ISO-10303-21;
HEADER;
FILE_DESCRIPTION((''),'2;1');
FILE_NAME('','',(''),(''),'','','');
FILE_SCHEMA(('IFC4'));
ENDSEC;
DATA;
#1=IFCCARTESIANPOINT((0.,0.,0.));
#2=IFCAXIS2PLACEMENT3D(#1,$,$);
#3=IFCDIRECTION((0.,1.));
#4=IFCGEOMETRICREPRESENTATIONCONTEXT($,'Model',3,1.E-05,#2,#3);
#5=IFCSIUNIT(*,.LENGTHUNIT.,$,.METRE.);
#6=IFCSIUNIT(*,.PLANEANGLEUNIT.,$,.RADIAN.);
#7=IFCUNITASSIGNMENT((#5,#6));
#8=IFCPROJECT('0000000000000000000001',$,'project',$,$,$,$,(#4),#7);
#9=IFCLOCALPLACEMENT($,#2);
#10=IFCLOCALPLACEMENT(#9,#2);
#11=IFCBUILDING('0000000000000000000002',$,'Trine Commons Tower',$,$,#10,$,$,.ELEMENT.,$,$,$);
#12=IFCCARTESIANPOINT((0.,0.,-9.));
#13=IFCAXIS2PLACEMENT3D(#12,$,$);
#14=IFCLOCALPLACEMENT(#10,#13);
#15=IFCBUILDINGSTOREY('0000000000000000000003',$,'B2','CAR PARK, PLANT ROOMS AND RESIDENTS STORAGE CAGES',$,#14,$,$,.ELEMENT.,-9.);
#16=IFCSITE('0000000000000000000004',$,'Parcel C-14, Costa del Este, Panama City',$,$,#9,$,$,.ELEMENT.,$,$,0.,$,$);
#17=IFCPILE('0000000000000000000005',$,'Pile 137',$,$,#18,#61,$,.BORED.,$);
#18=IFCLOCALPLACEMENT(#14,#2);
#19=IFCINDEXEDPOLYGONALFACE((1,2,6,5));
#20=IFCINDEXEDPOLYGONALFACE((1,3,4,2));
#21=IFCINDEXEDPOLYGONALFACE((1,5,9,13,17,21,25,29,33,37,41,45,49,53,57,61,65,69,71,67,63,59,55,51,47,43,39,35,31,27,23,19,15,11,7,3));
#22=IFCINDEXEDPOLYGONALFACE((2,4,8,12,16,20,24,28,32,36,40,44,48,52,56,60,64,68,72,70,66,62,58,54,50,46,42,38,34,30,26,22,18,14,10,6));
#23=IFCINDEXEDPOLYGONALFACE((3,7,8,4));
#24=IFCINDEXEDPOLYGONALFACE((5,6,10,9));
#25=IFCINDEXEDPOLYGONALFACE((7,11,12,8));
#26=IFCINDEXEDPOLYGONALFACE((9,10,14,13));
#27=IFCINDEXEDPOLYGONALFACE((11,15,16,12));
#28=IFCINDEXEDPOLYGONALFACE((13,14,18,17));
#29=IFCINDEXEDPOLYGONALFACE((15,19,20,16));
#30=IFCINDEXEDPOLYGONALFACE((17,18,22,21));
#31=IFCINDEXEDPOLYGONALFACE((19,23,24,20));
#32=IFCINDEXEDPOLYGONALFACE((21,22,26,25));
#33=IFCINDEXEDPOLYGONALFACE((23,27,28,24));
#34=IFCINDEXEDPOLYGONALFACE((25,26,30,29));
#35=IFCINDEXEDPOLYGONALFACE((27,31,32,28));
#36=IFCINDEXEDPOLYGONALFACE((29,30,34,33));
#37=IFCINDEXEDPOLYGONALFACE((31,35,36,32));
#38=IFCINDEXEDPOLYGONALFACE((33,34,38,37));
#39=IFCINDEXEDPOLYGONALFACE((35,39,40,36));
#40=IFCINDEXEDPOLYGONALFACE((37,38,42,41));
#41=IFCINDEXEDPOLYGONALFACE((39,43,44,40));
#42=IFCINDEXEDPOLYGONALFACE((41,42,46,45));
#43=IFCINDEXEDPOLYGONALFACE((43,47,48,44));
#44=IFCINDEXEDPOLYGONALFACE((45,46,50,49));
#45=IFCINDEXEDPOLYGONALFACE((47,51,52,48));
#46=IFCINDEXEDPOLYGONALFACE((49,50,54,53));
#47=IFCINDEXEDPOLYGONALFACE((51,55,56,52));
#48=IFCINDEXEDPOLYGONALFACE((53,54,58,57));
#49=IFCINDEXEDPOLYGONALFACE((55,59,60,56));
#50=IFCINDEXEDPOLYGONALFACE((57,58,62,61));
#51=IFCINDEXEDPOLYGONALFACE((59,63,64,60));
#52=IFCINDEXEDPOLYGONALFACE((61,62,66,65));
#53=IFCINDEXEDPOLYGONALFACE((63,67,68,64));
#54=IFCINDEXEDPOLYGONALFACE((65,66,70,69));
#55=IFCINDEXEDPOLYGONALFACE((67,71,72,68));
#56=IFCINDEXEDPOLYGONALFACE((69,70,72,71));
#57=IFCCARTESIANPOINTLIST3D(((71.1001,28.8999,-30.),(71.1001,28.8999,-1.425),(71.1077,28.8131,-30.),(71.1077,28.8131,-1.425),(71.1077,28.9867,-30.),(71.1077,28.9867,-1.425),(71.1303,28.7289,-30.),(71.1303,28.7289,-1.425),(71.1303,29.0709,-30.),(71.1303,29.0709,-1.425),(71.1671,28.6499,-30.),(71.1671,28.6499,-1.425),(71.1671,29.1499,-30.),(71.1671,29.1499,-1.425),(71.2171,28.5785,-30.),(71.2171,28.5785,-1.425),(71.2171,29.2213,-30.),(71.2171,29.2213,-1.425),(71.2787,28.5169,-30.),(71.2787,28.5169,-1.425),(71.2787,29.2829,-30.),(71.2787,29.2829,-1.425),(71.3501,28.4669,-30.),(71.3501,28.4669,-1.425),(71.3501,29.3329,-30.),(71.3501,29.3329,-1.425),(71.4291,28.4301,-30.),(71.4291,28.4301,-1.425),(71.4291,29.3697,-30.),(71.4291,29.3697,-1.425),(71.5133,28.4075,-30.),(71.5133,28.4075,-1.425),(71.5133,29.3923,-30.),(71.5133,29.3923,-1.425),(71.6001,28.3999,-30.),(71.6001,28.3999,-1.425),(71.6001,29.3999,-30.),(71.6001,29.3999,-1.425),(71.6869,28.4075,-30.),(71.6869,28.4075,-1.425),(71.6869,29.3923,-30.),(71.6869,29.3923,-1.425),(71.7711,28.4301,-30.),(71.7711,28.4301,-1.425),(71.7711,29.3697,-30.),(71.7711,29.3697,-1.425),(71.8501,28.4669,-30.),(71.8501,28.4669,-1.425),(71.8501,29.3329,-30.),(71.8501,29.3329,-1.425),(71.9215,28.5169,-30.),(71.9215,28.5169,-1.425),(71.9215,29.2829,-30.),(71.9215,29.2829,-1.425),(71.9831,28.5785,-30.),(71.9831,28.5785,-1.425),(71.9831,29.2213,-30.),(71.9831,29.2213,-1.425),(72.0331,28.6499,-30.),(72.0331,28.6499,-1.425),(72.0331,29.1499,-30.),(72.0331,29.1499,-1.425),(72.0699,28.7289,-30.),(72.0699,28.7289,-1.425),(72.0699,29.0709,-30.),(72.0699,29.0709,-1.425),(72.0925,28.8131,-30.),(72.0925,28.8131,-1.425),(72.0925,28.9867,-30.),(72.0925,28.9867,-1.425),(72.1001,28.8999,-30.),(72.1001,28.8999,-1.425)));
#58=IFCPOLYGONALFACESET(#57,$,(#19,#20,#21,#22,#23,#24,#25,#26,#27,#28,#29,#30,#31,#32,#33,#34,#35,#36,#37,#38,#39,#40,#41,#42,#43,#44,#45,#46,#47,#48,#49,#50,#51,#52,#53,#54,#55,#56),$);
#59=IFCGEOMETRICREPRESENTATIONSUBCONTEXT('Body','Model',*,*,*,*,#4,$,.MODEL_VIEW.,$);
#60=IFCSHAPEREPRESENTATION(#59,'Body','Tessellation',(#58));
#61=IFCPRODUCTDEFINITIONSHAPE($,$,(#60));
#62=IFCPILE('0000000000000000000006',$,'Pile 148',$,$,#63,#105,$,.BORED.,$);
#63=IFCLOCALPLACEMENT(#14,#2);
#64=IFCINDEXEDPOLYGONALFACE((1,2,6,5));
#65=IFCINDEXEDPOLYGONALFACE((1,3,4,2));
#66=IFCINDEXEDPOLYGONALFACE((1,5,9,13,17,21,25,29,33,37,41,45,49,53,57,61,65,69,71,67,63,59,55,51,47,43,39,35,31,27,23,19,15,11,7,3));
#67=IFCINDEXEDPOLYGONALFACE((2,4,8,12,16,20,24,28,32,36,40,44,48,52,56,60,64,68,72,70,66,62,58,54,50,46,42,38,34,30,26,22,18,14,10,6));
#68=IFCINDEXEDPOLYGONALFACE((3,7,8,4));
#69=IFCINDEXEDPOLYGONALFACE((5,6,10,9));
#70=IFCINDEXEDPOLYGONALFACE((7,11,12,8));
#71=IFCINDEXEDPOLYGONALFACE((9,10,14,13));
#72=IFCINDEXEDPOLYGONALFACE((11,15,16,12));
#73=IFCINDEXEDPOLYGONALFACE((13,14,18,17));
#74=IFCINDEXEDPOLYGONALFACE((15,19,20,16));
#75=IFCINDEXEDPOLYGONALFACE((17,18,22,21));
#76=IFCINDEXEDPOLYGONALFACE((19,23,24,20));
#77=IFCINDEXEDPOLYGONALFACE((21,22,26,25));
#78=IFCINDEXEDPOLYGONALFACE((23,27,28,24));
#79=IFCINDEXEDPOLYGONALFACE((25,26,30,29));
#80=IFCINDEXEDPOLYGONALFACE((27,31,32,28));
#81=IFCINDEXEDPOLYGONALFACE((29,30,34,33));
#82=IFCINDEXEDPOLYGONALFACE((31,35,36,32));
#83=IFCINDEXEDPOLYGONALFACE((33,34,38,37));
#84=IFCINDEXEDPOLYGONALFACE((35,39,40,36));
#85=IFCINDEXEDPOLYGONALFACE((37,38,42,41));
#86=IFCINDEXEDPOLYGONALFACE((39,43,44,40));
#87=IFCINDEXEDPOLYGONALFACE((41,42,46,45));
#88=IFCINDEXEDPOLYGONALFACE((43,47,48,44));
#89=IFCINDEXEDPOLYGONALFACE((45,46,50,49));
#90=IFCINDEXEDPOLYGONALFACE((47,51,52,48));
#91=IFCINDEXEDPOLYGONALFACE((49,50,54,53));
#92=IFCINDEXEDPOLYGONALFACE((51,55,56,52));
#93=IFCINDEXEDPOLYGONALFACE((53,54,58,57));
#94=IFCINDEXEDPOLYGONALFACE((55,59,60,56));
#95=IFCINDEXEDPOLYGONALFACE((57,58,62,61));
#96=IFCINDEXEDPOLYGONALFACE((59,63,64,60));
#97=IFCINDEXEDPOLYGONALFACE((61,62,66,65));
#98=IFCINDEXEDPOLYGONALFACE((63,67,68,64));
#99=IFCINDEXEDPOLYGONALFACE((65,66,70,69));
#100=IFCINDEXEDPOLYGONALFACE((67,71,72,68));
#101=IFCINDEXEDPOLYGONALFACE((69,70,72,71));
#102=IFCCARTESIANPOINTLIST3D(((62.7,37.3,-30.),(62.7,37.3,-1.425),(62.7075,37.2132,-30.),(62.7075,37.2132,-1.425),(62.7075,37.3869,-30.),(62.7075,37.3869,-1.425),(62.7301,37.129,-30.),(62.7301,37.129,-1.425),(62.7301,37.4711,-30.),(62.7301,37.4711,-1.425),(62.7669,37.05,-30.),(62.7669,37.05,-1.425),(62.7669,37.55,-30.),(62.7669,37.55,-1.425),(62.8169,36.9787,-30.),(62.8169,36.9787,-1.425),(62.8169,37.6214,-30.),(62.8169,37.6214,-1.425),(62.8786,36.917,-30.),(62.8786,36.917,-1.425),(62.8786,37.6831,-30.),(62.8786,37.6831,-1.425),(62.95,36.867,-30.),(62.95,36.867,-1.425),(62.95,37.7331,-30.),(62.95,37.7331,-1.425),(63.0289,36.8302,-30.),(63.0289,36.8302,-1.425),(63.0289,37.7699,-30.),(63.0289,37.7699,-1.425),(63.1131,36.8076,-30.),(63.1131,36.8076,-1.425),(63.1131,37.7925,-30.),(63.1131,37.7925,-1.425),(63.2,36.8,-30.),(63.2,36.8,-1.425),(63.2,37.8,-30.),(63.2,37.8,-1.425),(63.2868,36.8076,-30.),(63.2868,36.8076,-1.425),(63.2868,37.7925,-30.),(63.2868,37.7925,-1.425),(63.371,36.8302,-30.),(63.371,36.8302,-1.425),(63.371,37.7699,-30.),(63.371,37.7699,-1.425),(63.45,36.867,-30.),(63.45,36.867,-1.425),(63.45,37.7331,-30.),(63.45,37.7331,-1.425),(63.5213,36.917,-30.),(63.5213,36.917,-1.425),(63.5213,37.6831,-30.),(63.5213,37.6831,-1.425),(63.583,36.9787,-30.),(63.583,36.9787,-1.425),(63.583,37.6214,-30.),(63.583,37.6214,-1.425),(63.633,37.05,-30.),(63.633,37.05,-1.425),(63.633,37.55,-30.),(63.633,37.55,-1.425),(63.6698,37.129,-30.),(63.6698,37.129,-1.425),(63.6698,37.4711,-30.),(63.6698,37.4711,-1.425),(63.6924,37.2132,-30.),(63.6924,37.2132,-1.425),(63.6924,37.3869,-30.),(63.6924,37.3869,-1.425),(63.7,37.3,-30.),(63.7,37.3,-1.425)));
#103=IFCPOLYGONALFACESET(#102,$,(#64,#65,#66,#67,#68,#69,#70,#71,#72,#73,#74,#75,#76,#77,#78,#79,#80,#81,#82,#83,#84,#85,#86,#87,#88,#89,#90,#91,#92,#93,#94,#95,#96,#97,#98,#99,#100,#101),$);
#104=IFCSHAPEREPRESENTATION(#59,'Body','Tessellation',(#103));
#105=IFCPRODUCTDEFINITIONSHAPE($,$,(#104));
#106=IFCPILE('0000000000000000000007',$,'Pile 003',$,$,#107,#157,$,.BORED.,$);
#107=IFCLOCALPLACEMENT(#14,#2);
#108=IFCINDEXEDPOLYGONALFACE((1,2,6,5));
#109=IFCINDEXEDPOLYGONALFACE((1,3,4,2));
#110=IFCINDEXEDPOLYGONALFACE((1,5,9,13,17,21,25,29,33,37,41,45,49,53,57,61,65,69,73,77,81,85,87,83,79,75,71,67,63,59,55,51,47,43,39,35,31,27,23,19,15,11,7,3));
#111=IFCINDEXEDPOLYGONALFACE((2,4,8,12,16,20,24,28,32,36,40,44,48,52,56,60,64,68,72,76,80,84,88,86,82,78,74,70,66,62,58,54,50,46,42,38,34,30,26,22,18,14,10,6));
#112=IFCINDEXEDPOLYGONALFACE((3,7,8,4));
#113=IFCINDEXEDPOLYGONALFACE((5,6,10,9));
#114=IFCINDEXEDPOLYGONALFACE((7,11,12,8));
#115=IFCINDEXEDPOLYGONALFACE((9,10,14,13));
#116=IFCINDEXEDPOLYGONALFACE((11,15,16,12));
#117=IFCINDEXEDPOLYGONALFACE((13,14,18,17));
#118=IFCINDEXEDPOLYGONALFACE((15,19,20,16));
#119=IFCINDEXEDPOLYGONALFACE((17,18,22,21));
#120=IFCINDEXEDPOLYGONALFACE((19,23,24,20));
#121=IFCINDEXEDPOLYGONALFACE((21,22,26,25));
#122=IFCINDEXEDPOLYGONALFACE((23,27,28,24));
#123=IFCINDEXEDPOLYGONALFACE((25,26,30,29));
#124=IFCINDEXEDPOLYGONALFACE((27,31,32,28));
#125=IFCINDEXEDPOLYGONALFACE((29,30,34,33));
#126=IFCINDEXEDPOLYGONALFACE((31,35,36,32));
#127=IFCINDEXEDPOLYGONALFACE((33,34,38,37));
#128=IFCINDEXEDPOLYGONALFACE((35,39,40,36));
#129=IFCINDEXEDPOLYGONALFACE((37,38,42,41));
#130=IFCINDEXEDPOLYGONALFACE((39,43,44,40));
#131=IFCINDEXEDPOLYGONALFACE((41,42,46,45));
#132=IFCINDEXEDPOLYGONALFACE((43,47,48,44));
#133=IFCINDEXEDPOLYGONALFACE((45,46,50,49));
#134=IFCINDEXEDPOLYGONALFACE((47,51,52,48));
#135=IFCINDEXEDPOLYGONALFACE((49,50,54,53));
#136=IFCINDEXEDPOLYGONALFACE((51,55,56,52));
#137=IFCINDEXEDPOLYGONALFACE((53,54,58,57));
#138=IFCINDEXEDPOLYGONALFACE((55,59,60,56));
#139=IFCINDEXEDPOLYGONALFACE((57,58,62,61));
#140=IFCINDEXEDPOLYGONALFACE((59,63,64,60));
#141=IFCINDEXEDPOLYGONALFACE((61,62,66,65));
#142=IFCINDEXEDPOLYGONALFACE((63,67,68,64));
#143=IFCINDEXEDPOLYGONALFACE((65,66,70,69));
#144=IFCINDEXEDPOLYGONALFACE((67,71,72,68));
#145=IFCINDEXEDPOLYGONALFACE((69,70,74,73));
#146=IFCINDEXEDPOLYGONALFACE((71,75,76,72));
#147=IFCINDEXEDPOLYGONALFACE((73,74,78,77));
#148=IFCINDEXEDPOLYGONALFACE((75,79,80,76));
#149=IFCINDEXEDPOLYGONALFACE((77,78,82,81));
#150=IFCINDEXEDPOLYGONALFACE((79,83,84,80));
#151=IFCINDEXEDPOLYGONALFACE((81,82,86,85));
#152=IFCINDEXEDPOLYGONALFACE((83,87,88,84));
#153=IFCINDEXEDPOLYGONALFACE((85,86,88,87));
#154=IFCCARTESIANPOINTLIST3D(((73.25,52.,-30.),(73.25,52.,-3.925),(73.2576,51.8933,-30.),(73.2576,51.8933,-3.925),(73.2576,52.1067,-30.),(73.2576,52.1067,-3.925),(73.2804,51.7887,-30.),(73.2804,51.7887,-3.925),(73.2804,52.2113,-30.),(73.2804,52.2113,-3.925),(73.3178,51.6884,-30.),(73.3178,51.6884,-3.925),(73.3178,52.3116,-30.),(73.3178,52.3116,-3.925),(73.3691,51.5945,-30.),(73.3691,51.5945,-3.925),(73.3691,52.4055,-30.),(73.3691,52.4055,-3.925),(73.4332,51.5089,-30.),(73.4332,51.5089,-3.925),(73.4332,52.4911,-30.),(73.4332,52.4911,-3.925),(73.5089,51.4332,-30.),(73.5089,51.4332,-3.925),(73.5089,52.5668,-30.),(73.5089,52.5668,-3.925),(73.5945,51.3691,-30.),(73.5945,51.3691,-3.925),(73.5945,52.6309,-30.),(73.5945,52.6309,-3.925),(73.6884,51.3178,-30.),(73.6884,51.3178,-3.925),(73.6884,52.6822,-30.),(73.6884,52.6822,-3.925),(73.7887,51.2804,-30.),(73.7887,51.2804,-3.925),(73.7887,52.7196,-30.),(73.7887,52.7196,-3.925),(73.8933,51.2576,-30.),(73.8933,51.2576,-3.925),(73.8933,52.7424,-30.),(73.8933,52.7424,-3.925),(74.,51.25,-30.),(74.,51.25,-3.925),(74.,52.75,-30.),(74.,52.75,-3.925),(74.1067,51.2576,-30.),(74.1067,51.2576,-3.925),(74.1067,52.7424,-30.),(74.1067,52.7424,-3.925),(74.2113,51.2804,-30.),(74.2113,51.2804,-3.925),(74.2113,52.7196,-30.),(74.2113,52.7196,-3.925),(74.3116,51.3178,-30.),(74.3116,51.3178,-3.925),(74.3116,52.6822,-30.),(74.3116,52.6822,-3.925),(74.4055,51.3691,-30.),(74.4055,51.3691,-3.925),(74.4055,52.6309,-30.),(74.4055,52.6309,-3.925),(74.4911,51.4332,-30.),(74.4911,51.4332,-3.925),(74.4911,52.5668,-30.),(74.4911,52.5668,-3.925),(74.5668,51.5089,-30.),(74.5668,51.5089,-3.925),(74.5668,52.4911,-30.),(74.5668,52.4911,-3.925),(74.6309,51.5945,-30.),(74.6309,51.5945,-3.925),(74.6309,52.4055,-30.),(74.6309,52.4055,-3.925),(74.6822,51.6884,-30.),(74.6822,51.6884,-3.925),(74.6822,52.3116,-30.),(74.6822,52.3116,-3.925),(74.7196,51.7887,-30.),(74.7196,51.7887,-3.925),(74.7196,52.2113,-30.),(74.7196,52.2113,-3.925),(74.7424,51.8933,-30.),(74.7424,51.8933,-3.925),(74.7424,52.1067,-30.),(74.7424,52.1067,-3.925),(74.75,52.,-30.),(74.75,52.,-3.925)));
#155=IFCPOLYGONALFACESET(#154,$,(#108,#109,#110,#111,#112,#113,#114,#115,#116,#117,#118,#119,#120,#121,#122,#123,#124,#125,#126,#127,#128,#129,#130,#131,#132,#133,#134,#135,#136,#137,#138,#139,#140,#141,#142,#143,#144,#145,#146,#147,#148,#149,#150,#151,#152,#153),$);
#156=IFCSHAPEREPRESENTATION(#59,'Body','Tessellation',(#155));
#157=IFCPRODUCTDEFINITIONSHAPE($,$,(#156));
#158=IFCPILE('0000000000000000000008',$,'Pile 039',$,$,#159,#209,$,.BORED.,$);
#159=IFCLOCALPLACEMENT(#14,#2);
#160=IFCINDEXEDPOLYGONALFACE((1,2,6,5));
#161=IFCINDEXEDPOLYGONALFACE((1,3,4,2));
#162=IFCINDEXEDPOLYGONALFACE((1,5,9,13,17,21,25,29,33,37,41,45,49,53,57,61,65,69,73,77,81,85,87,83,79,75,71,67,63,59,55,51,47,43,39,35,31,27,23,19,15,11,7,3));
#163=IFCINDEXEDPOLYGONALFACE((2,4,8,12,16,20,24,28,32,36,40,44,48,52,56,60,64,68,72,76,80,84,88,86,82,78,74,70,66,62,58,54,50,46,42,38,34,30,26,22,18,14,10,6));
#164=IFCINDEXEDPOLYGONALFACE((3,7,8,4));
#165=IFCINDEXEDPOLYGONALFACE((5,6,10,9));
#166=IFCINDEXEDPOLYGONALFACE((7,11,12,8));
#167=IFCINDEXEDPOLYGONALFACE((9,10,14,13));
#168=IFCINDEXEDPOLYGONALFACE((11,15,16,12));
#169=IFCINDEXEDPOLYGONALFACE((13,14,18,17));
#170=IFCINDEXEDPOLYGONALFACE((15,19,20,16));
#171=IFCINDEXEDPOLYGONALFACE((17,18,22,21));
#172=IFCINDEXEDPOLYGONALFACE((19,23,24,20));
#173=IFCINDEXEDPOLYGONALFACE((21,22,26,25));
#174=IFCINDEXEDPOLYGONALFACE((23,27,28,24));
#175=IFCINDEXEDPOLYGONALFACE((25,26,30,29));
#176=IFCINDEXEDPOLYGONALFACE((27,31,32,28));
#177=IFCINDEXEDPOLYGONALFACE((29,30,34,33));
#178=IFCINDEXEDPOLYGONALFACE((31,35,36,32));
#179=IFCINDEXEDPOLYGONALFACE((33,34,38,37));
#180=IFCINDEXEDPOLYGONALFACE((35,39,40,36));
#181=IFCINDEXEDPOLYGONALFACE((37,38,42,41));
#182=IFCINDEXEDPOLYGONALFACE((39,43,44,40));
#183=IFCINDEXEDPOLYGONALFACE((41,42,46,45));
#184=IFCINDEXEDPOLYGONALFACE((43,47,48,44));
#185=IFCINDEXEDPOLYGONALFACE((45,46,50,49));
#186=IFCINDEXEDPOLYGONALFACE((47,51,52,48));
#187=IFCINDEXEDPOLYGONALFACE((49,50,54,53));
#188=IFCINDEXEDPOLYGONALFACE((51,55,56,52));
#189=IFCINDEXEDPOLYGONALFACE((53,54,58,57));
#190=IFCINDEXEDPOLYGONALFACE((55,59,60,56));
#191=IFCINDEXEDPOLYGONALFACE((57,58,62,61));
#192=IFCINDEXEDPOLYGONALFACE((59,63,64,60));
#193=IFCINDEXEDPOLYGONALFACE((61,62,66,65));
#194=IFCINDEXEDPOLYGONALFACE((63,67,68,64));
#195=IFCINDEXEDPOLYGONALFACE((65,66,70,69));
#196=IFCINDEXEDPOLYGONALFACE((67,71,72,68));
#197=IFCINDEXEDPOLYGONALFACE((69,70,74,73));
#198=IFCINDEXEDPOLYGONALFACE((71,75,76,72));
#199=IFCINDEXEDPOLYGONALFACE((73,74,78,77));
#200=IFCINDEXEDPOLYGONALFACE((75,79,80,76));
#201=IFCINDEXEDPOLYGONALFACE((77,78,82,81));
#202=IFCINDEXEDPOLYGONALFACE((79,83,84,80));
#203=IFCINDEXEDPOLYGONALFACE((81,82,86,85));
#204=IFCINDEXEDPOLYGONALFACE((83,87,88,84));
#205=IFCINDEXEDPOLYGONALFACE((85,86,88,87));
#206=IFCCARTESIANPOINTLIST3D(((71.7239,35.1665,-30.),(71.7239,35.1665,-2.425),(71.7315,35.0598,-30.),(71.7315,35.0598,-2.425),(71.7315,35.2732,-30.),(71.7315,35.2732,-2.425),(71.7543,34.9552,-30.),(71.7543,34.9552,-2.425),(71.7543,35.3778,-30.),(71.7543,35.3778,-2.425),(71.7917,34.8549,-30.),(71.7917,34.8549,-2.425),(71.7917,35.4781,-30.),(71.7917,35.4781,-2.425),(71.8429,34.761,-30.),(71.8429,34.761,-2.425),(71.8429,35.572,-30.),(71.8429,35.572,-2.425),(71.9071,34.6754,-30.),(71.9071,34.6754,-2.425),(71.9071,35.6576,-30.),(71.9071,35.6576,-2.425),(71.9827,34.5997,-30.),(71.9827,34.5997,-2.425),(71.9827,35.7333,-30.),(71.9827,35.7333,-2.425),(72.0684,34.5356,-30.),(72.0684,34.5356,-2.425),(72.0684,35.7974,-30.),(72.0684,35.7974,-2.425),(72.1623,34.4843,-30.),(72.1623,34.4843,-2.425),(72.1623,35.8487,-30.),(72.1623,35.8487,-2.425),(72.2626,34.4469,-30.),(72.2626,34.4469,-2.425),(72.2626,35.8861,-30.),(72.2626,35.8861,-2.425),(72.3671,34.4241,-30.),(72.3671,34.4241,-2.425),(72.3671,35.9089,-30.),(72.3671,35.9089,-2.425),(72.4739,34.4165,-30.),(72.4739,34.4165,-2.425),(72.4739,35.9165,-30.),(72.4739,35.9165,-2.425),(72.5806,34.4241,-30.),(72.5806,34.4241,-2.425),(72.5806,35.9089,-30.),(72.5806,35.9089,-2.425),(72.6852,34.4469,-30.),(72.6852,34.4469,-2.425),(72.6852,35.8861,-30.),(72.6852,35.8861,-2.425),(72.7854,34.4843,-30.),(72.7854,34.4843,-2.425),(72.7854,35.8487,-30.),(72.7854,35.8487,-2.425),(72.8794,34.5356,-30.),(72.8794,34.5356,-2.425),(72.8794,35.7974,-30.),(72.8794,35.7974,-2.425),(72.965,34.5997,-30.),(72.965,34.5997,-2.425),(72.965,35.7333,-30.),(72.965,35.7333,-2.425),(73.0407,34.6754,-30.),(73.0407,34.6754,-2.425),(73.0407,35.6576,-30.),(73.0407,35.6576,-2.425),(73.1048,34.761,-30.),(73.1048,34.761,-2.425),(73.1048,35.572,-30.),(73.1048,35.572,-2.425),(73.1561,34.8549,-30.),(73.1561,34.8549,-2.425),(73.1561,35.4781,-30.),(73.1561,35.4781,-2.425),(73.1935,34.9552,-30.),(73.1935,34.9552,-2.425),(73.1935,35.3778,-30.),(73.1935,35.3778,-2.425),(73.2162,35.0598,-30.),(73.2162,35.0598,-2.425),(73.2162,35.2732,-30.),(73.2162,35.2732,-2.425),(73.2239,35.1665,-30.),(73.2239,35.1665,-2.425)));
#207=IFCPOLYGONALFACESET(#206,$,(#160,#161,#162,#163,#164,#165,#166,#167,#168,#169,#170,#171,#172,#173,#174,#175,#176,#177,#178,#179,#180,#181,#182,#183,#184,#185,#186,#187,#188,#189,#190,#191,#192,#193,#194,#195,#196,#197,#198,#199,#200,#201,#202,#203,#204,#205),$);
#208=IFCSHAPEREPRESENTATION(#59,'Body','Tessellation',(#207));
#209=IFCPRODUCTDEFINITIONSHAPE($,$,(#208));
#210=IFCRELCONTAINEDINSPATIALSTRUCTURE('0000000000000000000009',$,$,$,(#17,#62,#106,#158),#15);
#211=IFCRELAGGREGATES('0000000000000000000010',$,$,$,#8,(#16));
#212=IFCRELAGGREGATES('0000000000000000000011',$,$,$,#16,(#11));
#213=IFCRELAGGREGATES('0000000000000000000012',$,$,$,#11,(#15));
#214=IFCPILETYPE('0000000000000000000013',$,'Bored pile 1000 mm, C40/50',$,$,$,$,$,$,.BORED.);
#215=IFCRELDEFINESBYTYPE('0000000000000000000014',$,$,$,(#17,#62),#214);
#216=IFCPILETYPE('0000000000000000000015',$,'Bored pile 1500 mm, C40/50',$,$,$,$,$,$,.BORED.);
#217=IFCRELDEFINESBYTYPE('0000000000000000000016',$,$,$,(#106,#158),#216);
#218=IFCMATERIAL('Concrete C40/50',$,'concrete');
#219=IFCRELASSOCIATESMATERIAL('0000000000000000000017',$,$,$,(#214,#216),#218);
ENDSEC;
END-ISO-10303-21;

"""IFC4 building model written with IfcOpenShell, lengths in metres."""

from ifc_helpers import new_model, si_unit, direction, frame, origin, origin_2d, place, context, subcontext, project, spatial, circle, extrude, material, type_object, element, save


model = new_model("IFC4")

# Units and contexts
model_context = context("Model", 3, precision=1e-05, world=origin(), true_north=direction((0.0, 1.0)))
body_context = subcontext(model_context, "Body", "Model", "MODEL_VIEW")
ifc_project = project(units=[si_unit("LENGTHUNIT", "METRE"), si_unit("PLANEANGLEUNIT", "RADIAN")], contexts=[model_context])

# Site, building, storey
site_placement = place(None, origin())
site = spatial("IfcSite", under=ifc_project, at=site_placement, Name="Parcel C-14, Costa del Este, Panama City", CompositionType="ELEMENT", RefElevation=0.0)
building_placement = place(site_placement, origin())
building = spatial("IfcBuilding", under=site, at=building_placement, Name="Trine Commons Tower", CompositionType="ELEMENT")
storey_placement = place(building_placement, frame((0.0, 0.0, -9.0)))
storey = spatial("IfcBuildingStorey", under=building, at=storey_placement, Name="B2", Description="CAR PARK, PLANT ROOMS AND RESIDENTS STORAGE CAGES", CompositionType="ELEMENT", Elevation=-9.0)

# Piles
ifc_material_1 = material(Name="Concrete C40/50", Category="concrete")
pile_type_1 = type_object("IfcPileType", Name="Bored pile 1000 mm, C40/50", PredefinedType="BORED", material=ifc_material_1)
for number, where, z_axis, x_axis, name in (
    (1, (71.6001, 28.8999, -1.425), (0.0, 0.0, -1.0), (1.0, 0.0, 0.0), "Pile 137"),
    (2, (63.2, 37.3, -1.425), (0.0, 0.0, -1.0), (1.0, 0.0, 0.0), "Pile 148"),
):
    element("IfcPile", number, at=place(storey_placement, frame(where, z_axis=z_axis, x_axis=x_axis)), inside=storey, type_object=pile_type_1, Name=name, PredefinedType="BORED", context=body_context, shape_type="SweptSolid", body=[
        extrude(circle(Radius=0.5, at=origin_2d()), origin(), (0.0, 0.0, 1.0), 28.575),
    ])
pile_type_2 = type_object("IfcPileType", Name="Bored pile 1500 mm, C40/50", PredefinedType="BORED", material=ifc_material_1)
pile_1_placement = place(storey_placement, frame((74.0, 52.0, -3.925), z_axis=(0.0, 0.0, -1.0), x_axis=(1.0, 0.0, 0.0)))
element("IfcPile", 3, at=pile_1_placement, inside=storey, type_object=pile_type_2, Name="Pile 003", PredefinedType="BORED", context=body_context, shape_type="SweptSolid", body=[
    extrude(circle(Radius=0.75, at=origin_2d()), origin(), (0.0, 0.0, 1.0), 26.075),
])
for number, where, z_axis, x_axis, name in (
    (4, (72.4739, 35.1665, -2.425), (0.0, 0.0, -1.0), (1.0, 0.0, 0.0), "Pile 039"),
):
    element("IfcPile", number, at=place(storey_placement, frame(where, z_axis=z_axis, x_axis=x_axis)), inside=storey, type_object=pile_type_2, Name=name, PredefinedType="BORED", context=body_context, shape_type="SweptSolid", body=[
        extrude(circle(Radius=0.75, at=origin_2d()), origin(), (0.0, 0.0, 1.0), 27.575),
    ])

save(model, "model.ifc")
